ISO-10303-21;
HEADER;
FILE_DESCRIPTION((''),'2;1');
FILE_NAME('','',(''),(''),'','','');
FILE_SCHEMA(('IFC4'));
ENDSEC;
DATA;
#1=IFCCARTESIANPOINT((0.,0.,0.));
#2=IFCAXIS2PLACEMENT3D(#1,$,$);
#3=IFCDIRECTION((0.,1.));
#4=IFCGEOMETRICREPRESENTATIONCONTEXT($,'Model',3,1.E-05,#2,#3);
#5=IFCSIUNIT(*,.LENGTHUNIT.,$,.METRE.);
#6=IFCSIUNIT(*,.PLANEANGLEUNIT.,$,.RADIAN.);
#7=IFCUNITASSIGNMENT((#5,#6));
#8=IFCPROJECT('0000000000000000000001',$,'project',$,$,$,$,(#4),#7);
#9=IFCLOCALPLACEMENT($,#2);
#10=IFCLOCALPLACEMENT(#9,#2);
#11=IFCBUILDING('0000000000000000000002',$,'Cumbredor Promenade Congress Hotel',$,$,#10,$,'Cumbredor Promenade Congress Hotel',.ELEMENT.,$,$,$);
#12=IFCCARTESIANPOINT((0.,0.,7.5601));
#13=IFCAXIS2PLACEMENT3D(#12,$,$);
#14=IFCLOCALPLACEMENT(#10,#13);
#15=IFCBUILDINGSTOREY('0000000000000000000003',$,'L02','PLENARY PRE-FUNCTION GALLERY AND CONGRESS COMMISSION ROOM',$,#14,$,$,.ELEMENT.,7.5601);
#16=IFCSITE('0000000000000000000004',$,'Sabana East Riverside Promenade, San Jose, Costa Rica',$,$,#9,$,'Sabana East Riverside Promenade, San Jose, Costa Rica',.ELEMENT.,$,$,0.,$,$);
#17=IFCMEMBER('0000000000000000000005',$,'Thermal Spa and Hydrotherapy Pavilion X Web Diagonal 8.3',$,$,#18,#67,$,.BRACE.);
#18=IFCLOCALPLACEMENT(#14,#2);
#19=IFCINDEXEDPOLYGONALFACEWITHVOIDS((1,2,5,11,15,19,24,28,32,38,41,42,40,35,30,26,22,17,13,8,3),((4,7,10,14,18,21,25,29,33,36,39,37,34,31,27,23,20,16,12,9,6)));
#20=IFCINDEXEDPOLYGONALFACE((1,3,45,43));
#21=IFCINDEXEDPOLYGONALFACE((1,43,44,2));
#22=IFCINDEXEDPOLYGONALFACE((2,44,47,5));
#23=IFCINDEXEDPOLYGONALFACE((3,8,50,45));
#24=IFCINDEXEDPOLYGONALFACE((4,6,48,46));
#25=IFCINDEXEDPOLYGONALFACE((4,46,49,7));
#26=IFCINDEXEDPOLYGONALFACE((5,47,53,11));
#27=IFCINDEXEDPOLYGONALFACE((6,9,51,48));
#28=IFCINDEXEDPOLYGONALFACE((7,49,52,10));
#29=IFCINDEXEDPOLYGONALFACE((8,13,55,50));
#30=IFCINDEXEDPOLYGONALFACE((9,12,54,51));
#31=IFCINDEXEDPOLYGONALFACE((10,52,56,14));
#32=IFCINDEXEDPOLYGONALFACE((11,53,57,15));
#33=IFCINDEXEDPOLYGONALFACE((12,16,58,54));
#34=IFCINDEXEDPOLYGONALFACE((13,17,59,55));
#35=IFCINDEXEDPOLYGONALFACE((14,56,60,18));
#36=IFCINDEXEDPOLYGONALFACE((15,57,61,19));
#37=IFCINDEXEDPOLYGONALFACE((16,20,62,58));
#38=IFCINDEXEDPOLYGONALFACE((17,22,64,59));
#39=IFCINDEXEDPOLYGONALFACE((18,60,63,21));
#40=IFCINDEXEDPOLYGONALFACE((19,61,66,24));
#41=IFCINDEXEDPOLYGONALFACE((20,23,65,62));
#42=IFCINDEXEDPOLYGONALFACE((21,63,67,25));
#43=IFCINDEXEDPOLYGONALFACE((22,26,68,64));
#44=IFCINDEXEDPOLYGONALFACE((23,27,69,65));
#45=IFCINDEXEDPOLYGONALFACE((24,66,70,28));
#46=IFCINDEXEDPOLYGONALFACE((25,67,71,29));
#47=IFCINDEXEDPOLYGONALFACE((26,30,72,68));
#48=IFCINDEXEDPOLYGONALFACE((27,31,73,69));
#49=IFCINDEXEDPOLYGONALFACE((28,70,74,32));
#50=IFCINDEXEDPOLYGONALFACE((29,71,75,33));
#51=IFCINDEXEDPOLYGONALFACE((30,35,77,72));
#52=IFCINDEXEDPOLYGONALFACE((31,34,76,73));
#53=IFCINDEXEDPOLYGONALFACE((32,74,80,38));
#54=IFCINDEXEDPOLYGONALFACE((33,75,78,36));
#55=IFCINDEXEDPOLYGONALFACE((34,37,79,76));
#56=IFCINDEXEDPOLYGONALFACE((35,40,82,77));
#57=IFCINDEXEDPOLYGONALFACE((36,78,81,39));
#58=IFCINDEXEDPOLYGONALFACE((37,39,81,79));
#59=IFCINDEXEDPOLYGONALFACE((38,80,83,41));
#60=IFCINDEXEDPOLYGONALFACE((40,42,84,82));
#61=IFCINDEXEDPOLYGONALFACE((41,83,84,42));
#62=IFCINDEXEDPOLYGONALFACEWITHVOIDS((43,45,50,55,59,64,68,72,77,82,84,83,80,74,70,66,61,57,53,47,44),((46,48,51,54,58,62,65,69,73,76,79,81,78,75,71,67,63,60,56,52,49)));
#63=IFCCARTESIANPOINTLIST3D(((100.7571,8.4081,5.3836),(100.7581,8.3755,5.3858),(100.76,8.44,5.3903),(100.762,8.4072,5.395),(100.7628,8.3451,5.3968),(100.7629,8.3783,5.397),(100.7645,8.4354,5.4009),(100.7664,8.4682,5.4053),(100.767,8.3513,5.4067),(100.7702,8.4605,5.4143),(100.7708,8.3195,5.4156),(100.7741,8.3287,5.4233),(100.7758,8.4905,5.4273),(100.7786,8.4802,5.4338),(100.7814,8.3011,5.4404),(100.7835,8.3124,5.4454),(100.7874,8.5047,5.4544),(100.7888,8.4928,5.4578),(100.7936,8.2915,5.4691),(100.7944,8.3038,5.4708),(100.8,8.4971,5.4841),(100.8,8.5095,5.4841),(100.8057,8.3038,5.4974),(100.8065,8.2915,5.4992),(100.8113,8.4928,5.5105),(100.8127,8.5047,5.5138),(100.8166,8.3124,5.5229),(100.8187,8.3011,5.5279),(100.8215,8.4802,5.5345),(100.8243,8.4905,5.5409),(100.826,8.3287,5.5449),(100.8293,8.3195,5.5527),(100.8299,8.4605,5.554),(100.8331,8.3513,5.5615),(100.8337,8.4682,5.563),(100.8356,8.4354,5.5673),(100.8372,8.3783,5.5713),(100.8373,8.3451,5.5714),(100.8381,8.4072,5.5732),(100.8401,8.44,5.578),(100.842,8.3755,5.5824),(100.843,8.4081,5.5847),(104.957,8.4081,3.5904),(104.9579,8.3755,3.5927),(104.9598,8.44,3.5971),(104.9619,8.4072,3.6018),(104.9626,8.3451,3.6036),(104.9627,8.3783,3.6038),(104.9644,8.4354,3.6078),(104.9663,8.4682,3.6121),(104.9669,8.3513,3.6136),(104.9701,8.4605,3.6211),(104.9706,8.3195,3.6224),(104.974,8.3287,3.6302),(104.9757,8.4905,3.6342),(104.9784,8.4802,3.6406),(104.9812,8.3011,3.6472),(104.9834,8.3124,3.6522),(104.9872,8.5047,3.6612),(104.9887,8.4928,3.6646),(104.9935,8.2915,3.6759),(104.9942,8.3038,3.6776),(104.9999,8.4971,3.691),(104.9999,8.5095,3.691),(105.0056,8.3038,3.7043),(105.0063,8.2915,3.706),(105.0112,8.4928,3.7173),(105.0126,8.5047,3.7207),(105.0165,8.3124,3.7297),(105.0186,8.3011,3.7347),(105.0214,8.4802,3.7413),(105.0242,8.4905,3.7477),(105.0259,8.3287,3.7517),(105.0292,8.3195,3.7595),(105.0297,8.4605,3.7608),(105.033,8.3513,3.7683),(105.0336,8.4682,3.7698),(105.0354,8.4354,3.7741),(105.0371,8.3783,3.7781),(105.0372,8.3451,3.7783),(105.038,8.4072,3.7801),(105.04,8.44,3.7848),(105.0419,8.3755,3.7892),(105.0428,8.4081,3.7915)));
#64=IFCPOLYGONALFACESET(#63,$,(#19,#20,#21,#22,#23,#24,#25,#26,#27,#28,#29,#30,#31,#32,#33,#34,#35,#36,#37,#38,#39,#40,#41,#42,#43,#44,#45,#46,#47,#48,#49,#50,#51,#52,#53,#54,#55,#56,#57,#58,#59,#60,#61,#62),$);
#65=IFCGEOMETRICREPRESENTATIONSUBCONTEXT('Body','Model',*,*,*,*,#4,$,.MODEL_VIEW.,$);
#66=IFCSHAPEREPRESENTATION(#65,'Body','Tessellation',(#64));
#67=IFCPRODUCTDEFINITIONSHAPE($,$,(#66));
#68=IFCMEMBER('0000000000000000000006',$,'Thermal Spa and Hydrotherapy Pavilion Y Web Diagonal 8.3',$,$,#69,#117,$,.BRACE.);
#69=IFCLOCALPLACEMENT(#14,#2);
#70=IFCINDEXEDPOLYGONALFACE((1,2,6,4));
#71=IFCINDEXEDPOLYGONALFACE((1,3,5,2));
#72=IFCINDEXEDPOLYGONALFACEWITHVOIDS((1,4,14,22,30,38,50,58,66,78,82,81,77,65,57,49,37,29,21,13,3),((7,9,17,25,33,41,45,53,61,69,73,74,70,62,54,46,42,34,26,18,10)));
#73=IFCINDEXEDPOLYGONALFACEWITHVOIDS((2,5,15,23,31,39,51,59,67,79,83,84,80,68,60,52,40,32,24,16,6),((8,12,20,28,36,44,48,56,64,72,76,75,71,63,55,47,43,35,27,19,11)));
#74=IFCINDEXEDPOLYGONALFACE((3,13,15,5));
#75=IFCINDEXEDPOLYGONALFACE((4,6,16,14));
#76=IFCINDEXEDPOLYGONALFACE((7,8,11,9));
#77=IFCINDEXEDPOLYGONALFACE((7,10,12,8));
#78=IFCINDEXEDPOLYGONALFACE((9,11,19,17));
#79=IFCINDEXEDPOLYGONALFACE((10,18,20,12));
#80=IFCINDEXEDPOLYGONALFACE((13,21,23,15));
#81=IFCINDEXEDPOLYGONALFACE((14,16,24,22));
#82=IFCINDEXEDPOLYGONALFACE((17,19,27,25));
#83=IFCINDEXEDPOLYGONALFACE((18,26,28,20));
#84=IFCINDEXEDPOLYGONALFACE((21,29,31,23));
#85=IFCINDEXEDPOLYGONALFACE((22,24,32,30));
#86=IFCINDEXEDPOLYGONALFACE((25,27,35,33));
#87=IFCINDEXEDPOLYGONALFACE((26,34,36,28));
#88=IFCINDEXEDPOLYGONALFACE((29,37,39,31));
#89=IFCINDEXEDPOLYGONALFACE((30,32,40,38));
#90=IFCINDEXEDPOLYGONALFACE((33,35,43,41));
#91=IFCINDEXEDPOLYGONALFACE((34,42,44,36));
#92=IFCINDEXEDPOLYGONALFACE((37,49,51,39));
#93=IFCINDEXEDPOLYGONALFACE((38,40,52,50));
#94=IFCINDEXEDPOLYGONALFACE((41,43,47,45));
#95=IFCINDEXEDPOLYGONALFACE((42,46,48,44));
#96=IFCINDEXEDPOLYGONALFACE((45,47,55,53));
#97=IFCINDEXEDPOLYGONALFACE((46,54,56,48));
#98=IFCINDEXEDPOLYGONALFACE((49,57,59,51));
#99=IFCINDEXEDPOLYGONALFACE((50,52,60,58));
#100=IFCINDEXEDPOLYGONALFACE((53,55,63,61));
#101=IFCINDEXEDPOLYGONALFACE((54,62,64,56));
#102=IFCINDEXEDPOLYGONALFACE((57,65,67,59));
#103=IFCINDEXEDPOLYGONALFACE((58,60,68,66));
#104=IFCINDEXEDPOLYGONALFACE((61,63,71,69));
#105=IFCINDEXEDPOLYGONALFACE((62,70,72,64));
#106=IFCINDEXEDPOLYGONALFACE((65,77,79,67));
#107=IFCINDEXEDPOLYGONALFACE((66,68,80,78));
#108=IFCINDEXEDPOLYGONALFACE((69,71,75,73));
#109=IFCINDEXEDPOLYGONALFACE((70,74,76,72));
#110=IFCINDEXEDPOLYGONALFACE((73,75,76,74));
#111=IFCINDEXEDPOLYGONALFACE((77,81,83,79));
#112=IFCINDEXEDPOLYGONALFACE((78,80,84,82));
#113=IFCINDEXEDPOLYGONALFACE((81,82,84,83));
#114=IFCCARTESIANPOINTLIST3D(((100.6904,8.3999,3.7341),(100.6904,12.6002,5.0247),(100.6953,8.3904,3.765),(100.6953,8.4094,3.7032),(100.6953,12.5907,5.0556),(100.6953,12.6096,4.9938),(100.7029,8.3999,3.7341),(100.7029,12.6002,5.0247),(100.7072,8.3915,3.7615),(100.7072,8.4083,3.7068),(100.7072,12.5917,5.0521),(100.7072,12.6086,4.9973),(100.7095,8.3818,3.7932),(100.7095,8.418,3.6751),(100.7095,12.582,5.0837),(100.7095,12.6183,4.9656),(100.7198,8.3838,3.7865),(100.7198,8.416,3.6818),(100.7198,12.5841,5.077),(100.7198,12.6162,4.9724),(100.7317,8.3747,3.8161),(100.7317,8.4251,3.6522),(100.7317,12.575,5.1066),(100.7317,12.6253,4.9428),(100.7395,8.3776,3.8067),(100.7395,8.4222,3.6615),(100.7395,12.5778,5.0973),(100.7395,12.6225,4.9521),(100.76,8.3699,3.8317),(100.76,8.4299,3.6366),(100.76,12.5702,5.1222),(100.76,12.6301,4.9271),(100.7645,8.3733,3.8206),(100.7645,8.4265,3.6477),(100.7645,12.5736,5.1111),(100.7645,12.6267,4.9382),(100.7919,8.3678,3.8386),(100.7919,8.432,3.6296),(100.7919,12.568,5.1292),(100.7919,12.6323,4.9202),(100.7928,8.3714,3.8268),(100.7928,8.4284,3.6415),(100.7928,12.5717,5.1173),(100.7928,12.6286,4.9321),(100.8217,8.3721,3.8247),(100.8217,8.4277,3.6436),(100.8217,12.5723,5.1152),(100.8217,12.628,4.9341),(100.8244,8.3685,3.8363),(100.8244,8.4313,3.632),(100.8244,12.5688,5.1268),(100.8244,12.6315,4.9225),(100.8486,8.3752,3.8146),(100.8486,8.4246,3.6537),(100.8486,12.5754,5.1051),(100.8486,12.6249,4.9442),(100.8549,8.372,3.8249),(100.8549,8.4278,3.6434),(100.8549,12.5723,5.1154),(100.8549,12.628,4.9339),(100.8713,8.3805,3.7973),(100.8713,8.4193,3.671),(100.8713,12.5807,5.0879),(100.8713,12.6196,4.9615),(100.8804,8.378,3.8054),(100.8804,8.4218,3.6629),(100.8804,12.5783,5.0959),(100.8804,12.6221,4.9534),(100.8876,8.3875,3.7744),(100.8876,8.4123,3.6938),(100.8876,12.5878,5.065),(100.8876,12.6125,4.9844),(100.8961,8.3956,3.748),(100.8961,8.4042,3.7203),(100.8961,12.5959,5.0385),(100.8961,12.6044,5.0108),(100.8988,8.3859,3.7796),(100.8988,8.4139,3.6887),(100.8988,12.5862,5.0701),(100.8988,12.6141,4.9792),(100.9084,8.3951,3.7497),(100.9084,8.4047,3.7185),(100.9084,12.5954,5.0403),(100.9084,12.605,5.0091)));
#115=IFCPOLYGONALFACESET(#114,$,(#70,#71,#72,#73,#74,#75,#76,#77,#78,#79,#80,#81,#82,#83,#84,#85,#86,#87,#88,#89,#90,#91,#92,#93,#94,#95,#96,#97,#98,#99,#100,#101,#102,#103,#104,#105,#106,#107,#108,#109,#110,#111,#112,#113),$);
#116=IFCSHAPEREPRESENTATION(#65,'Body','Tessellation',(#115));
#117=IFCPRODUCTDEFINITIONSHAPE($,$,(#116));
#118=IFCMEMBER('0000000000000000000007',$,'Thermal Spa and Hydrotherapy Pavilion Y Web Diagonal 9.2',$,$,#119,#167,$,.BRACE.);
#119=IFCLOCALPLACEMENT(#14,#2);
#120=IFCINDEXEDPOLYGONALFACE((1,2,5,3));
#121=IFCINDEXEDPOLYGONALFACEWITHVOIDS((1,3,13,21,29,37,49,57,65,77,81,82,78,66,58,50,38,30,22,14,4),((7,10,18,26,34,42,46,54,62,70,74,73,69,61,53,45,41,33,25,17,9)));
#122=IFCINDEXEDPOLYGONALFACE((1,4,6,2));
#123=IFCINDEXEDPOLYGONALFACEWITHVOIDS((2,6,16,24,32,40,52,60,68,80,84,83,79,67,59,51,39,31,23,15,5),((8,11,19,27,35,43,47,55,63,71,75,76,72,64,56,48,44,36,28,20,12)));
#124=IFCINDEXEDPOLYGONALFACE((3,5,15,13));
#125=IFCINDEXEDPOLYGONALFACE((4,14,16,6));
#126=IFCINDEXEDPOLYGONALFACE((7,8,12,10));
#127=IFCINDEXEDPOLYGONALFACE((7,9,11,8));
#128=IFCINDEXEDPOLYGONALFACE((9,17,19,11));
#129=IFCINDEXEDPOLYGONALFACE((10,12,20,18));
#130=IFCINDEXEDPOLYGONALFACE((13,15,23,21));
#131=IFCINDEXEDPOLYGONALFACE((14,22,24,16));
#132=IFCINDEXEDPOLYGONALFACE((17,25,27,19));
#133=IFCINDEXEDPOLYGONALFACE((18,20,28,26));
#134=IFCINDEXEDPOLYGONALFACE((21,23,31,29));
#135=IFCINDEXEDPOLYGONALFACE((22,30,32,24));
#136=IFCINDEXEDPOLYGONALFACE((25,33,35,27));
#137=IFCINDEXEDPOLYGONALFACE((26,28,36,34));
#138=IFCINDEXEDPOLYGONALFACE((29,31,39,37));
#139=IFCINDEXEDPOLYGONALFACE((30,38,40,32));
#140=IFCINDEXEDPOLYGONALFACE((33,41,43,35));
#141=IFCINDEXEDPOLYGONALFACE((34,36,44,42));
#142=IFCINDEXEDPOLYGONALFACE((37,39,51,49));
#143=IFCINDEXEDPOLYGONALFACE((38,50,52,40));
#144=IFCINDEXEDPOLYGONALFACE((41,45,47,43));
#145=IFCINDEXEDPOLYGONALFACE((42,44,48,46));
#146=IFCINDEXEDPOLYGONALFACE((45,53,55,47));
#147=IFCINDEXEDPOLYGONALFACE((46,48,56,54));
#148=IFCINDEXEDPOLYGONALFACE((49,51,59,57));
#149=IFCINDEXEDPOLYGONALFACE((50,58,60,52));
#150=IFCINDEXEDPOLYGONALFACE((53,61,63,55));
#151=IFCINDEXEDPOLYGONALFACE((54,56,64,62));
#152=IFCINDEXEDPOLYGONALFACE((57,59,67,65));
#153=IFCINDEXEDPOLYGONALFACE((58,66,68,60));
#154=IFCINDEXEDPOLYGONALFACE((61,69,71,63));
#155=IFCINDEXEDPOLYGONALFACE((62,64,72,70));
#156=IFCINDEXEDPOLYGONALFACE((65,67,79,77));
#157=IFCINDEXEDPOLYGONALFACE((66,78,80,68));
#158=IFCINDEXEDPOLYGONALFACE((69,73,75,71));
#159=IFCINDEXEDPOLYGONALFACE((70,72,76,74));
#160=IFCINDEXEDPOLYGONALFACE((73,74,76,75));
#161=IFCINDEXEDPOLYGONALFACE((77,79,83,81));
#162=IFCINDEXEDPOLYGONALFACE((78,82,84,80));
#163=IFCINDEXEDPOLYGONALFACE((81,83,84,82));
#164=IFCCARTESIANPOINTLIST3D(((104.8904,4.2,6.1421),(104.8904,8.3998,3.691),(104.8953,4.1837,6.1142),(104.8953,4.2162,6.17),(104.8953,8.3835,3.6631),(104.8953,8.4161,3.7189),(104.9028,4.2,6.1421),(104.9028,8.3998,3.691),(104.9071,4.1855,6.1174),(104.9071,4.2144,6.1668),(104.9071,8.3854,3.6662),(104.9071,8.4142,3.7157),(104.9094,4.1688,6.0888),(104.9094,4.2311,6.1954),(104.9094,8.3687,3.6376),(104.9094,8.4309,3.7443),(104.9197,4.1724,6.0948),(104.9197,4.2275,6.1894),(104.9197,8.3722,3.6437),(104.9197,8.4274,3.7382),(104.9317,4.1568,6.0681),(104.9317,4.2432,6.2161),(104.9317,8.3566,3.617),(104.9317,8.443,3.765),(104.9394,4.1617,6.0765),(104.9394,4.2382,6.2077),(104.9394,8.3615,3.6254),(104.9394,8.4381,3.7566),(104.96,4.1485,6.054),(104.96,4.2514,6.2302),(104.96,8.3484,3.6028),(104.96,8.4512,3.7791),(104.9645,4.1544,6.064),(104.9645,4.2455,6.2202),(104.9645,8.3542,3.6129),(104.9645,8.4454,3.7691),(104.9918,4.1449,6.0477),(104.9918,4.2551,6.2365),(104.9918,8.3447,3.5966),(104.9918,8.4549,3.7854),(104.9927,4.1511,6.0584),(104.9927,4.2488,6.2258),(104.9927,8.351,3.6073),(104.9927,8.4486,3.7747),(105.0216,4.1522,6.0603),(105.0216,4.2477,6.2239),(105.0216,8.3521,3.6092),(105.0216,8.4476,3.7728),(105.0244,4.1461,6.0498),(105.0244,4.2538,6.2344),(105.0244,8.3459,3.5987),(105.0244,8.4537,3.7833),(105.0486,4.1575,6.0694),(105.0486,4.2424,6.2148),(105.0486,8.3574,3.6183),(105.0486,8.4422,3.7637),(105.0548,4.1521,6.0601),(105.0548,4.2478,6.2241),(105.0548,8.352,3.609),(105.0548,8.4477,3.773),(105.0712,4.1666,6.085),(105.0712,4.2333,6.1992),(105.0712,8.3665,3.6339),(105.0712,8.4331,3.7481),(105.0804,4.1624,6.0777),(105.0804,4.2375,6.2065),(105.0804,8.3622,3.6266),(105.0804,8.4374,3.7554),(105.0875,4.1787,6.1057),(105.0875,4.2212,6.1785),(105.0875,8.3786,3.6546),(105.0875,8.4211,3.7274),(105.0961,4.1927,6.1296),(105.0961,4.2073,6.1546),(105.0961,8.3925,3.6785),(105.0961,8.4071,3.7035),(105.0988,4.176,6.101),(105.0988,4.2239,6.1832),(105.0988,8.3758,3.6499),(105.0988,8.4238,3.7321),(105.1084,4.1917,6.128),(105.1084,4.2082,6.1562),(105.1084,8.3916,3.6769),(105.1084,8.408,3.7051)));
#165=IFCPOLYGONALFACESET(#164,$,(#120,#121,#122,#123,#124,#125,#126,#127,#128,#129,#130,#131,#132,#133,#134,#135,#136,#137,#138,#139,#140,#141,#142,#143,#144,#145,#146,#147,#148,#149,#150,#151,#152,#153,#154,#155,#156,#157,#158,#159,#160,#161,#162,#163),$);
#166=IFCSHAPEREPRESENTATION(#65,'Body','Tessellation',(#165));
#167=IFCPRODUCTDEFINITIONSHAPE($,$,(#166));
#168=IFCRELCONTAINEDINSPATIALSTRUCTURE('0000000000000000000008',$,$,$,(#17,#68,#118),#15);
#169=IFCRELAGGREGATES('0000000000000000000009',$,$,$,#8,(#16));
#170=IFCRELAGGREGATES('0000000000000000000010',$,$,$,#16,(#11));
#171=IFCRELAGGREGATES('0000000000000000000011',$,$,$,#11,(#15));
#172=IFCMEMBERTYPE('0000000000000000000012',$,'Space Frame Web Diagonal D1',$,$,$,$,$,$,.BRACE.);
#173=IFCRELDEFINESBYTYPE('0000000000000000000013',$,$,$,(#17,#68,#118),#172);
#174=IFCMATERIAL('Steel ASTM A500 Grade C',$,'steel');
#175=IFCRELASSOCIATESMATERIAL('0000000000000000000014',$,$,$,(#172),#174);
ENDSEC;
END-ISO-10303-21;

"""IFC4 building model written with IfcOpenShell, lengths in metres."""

from ifc_helpers import new_model, si_unit, direction, frame, origin, origin_2d, place, context, subcontext, project, spatial, hollow_circle, extrude, material, material_profile, profile_set, type_object, element, save


model = new_model("IFC4")

# Units and contexts
model_context = context("Model", 3, precision=1e-05, world=origin(), true_north=direction((0.0, 1.0)))
body_context = subcontext(model_context, "Body", "Model", "MODEL_VIEW")
ifc_project = project(units=[si_unit("LENGTHUNIT", "METRE"), si_unit("PLANEANGLEUNIT", "RADIAN")], contexts=[model_context])

# Site, building, storey
site_placement = place(None, origin())
site = spatial("IfcSite", under=ifc_project, at=site_placement, Name="Sabana East Riverside Promenade, San Jose, Costa Rica", LongName="Sabana East Riverside Promenade, San Jose, Costa Rica", CompositionType="ELEMENT", RefElevation=0.0)
building_placement = place(site_placement, origin())
building = spatial("IfcBuilding", under=site, at=building_placement, Name="Cumbredor Promenade Congress Hotel", LongName="Cumbredor Promenade Congress Hotel", CompositionType="ELEMENT")
storey_placement = place(building_placement, frame((0.0, 0.0, 7.5601)))
storey = spatial("IfcBuildingStorey", under=building, at=storey_placement, Name="L02", Description="PLENARY PRE-FUNCTION GALLERY AND CONGRESS COMMISSION ROOM", CompositionType="ELEMENT", Elevation=7.5601)

# Members
ifc_material_1 = material(Name="Steel ASTM A500 Grade C", Category="steel")
ifc_material_profile_1 = material_profile(ifc_material_1, hollow_circle(Radius=0.1096, WallThickness=0.0125, at=origin_2d()), Name="CHS 219.1x12.5")
ifc_profile_set_1 = profile_set([ifc_material_profile_1], Name="Steel ASTM A500 Grade C")
member_type_1 = type_object("IfcMemberType", Name="Space Frame Web Diagonal D1", PredefinedType="BRACE", material=ifc_profile_set_1)
member_1_placement = place(storey_placement, frame((100.8, 8.3999, 5.4841), z_axis=(0.919681, 0.0, -0.392667), x_axis=(0.0, 1.0, 0.0)))
element("IfcMember", 1, at=member_1_placement, inside=storey, type_object=member_type_1, Name="Thermal Spa and Hydrotherapy Pavilion X Web Diagonal 8.3", PredefinedType="BRACE", context=body_context, shape_type="SweptSolid", body=[
    extrude(hollow_circle(Radius=0.1096, WallThickness=0.0125, at=origin_2d()), origin(), (0.0, 0.0, 1.0), 4.5667),
])
member_2_placement = place(storey_placement, frame((100.8, 8.3999, 3.7341), z_axis=(0.0, 0.955897, 0.293703), x_axis=(-1.0, 0.0, 0.0)))
element("IfcMember", 2, at=member_2_placement, inside=storey, type_object=member_type_1, Name="Thermal Spa and Hydrotherapy Pavilion Y Web Diagonal 8.3", PredefinedType="BRACE", context=body_context, shape_type="SweptSolid", body=[
    extrude(hollow_circle(Radius=0.1096, WallThickness=0.0125, at=origin_2d()), origin(), (0.0, 0.0, 1.0), 4.394),
])
member_3_placement = place(storey_placement, frame((105.0, 4.2, 6.1421), z_axis=(0.0, 0.863671, -0.504055), x_axis=(-1.0, 0.0, 0.0)))
element("IfcMember", 3, at=member_3_placement, inside=storey, type_object=member_type_1, Name="Thermal Spa and Hydrotherapy Pavilion Y Web Diagonal 9.2", PredefinedType="BRACE", context=body_context, shape_type="SweptSolid", body=[
    extrude(hollow_circle(Radius=0.1096, WallThickness=0.0125, at=origin_2d()), origin(), (0.0, 0.0, 1.0), 4.8628),
])

save(model, "model.ifc")
